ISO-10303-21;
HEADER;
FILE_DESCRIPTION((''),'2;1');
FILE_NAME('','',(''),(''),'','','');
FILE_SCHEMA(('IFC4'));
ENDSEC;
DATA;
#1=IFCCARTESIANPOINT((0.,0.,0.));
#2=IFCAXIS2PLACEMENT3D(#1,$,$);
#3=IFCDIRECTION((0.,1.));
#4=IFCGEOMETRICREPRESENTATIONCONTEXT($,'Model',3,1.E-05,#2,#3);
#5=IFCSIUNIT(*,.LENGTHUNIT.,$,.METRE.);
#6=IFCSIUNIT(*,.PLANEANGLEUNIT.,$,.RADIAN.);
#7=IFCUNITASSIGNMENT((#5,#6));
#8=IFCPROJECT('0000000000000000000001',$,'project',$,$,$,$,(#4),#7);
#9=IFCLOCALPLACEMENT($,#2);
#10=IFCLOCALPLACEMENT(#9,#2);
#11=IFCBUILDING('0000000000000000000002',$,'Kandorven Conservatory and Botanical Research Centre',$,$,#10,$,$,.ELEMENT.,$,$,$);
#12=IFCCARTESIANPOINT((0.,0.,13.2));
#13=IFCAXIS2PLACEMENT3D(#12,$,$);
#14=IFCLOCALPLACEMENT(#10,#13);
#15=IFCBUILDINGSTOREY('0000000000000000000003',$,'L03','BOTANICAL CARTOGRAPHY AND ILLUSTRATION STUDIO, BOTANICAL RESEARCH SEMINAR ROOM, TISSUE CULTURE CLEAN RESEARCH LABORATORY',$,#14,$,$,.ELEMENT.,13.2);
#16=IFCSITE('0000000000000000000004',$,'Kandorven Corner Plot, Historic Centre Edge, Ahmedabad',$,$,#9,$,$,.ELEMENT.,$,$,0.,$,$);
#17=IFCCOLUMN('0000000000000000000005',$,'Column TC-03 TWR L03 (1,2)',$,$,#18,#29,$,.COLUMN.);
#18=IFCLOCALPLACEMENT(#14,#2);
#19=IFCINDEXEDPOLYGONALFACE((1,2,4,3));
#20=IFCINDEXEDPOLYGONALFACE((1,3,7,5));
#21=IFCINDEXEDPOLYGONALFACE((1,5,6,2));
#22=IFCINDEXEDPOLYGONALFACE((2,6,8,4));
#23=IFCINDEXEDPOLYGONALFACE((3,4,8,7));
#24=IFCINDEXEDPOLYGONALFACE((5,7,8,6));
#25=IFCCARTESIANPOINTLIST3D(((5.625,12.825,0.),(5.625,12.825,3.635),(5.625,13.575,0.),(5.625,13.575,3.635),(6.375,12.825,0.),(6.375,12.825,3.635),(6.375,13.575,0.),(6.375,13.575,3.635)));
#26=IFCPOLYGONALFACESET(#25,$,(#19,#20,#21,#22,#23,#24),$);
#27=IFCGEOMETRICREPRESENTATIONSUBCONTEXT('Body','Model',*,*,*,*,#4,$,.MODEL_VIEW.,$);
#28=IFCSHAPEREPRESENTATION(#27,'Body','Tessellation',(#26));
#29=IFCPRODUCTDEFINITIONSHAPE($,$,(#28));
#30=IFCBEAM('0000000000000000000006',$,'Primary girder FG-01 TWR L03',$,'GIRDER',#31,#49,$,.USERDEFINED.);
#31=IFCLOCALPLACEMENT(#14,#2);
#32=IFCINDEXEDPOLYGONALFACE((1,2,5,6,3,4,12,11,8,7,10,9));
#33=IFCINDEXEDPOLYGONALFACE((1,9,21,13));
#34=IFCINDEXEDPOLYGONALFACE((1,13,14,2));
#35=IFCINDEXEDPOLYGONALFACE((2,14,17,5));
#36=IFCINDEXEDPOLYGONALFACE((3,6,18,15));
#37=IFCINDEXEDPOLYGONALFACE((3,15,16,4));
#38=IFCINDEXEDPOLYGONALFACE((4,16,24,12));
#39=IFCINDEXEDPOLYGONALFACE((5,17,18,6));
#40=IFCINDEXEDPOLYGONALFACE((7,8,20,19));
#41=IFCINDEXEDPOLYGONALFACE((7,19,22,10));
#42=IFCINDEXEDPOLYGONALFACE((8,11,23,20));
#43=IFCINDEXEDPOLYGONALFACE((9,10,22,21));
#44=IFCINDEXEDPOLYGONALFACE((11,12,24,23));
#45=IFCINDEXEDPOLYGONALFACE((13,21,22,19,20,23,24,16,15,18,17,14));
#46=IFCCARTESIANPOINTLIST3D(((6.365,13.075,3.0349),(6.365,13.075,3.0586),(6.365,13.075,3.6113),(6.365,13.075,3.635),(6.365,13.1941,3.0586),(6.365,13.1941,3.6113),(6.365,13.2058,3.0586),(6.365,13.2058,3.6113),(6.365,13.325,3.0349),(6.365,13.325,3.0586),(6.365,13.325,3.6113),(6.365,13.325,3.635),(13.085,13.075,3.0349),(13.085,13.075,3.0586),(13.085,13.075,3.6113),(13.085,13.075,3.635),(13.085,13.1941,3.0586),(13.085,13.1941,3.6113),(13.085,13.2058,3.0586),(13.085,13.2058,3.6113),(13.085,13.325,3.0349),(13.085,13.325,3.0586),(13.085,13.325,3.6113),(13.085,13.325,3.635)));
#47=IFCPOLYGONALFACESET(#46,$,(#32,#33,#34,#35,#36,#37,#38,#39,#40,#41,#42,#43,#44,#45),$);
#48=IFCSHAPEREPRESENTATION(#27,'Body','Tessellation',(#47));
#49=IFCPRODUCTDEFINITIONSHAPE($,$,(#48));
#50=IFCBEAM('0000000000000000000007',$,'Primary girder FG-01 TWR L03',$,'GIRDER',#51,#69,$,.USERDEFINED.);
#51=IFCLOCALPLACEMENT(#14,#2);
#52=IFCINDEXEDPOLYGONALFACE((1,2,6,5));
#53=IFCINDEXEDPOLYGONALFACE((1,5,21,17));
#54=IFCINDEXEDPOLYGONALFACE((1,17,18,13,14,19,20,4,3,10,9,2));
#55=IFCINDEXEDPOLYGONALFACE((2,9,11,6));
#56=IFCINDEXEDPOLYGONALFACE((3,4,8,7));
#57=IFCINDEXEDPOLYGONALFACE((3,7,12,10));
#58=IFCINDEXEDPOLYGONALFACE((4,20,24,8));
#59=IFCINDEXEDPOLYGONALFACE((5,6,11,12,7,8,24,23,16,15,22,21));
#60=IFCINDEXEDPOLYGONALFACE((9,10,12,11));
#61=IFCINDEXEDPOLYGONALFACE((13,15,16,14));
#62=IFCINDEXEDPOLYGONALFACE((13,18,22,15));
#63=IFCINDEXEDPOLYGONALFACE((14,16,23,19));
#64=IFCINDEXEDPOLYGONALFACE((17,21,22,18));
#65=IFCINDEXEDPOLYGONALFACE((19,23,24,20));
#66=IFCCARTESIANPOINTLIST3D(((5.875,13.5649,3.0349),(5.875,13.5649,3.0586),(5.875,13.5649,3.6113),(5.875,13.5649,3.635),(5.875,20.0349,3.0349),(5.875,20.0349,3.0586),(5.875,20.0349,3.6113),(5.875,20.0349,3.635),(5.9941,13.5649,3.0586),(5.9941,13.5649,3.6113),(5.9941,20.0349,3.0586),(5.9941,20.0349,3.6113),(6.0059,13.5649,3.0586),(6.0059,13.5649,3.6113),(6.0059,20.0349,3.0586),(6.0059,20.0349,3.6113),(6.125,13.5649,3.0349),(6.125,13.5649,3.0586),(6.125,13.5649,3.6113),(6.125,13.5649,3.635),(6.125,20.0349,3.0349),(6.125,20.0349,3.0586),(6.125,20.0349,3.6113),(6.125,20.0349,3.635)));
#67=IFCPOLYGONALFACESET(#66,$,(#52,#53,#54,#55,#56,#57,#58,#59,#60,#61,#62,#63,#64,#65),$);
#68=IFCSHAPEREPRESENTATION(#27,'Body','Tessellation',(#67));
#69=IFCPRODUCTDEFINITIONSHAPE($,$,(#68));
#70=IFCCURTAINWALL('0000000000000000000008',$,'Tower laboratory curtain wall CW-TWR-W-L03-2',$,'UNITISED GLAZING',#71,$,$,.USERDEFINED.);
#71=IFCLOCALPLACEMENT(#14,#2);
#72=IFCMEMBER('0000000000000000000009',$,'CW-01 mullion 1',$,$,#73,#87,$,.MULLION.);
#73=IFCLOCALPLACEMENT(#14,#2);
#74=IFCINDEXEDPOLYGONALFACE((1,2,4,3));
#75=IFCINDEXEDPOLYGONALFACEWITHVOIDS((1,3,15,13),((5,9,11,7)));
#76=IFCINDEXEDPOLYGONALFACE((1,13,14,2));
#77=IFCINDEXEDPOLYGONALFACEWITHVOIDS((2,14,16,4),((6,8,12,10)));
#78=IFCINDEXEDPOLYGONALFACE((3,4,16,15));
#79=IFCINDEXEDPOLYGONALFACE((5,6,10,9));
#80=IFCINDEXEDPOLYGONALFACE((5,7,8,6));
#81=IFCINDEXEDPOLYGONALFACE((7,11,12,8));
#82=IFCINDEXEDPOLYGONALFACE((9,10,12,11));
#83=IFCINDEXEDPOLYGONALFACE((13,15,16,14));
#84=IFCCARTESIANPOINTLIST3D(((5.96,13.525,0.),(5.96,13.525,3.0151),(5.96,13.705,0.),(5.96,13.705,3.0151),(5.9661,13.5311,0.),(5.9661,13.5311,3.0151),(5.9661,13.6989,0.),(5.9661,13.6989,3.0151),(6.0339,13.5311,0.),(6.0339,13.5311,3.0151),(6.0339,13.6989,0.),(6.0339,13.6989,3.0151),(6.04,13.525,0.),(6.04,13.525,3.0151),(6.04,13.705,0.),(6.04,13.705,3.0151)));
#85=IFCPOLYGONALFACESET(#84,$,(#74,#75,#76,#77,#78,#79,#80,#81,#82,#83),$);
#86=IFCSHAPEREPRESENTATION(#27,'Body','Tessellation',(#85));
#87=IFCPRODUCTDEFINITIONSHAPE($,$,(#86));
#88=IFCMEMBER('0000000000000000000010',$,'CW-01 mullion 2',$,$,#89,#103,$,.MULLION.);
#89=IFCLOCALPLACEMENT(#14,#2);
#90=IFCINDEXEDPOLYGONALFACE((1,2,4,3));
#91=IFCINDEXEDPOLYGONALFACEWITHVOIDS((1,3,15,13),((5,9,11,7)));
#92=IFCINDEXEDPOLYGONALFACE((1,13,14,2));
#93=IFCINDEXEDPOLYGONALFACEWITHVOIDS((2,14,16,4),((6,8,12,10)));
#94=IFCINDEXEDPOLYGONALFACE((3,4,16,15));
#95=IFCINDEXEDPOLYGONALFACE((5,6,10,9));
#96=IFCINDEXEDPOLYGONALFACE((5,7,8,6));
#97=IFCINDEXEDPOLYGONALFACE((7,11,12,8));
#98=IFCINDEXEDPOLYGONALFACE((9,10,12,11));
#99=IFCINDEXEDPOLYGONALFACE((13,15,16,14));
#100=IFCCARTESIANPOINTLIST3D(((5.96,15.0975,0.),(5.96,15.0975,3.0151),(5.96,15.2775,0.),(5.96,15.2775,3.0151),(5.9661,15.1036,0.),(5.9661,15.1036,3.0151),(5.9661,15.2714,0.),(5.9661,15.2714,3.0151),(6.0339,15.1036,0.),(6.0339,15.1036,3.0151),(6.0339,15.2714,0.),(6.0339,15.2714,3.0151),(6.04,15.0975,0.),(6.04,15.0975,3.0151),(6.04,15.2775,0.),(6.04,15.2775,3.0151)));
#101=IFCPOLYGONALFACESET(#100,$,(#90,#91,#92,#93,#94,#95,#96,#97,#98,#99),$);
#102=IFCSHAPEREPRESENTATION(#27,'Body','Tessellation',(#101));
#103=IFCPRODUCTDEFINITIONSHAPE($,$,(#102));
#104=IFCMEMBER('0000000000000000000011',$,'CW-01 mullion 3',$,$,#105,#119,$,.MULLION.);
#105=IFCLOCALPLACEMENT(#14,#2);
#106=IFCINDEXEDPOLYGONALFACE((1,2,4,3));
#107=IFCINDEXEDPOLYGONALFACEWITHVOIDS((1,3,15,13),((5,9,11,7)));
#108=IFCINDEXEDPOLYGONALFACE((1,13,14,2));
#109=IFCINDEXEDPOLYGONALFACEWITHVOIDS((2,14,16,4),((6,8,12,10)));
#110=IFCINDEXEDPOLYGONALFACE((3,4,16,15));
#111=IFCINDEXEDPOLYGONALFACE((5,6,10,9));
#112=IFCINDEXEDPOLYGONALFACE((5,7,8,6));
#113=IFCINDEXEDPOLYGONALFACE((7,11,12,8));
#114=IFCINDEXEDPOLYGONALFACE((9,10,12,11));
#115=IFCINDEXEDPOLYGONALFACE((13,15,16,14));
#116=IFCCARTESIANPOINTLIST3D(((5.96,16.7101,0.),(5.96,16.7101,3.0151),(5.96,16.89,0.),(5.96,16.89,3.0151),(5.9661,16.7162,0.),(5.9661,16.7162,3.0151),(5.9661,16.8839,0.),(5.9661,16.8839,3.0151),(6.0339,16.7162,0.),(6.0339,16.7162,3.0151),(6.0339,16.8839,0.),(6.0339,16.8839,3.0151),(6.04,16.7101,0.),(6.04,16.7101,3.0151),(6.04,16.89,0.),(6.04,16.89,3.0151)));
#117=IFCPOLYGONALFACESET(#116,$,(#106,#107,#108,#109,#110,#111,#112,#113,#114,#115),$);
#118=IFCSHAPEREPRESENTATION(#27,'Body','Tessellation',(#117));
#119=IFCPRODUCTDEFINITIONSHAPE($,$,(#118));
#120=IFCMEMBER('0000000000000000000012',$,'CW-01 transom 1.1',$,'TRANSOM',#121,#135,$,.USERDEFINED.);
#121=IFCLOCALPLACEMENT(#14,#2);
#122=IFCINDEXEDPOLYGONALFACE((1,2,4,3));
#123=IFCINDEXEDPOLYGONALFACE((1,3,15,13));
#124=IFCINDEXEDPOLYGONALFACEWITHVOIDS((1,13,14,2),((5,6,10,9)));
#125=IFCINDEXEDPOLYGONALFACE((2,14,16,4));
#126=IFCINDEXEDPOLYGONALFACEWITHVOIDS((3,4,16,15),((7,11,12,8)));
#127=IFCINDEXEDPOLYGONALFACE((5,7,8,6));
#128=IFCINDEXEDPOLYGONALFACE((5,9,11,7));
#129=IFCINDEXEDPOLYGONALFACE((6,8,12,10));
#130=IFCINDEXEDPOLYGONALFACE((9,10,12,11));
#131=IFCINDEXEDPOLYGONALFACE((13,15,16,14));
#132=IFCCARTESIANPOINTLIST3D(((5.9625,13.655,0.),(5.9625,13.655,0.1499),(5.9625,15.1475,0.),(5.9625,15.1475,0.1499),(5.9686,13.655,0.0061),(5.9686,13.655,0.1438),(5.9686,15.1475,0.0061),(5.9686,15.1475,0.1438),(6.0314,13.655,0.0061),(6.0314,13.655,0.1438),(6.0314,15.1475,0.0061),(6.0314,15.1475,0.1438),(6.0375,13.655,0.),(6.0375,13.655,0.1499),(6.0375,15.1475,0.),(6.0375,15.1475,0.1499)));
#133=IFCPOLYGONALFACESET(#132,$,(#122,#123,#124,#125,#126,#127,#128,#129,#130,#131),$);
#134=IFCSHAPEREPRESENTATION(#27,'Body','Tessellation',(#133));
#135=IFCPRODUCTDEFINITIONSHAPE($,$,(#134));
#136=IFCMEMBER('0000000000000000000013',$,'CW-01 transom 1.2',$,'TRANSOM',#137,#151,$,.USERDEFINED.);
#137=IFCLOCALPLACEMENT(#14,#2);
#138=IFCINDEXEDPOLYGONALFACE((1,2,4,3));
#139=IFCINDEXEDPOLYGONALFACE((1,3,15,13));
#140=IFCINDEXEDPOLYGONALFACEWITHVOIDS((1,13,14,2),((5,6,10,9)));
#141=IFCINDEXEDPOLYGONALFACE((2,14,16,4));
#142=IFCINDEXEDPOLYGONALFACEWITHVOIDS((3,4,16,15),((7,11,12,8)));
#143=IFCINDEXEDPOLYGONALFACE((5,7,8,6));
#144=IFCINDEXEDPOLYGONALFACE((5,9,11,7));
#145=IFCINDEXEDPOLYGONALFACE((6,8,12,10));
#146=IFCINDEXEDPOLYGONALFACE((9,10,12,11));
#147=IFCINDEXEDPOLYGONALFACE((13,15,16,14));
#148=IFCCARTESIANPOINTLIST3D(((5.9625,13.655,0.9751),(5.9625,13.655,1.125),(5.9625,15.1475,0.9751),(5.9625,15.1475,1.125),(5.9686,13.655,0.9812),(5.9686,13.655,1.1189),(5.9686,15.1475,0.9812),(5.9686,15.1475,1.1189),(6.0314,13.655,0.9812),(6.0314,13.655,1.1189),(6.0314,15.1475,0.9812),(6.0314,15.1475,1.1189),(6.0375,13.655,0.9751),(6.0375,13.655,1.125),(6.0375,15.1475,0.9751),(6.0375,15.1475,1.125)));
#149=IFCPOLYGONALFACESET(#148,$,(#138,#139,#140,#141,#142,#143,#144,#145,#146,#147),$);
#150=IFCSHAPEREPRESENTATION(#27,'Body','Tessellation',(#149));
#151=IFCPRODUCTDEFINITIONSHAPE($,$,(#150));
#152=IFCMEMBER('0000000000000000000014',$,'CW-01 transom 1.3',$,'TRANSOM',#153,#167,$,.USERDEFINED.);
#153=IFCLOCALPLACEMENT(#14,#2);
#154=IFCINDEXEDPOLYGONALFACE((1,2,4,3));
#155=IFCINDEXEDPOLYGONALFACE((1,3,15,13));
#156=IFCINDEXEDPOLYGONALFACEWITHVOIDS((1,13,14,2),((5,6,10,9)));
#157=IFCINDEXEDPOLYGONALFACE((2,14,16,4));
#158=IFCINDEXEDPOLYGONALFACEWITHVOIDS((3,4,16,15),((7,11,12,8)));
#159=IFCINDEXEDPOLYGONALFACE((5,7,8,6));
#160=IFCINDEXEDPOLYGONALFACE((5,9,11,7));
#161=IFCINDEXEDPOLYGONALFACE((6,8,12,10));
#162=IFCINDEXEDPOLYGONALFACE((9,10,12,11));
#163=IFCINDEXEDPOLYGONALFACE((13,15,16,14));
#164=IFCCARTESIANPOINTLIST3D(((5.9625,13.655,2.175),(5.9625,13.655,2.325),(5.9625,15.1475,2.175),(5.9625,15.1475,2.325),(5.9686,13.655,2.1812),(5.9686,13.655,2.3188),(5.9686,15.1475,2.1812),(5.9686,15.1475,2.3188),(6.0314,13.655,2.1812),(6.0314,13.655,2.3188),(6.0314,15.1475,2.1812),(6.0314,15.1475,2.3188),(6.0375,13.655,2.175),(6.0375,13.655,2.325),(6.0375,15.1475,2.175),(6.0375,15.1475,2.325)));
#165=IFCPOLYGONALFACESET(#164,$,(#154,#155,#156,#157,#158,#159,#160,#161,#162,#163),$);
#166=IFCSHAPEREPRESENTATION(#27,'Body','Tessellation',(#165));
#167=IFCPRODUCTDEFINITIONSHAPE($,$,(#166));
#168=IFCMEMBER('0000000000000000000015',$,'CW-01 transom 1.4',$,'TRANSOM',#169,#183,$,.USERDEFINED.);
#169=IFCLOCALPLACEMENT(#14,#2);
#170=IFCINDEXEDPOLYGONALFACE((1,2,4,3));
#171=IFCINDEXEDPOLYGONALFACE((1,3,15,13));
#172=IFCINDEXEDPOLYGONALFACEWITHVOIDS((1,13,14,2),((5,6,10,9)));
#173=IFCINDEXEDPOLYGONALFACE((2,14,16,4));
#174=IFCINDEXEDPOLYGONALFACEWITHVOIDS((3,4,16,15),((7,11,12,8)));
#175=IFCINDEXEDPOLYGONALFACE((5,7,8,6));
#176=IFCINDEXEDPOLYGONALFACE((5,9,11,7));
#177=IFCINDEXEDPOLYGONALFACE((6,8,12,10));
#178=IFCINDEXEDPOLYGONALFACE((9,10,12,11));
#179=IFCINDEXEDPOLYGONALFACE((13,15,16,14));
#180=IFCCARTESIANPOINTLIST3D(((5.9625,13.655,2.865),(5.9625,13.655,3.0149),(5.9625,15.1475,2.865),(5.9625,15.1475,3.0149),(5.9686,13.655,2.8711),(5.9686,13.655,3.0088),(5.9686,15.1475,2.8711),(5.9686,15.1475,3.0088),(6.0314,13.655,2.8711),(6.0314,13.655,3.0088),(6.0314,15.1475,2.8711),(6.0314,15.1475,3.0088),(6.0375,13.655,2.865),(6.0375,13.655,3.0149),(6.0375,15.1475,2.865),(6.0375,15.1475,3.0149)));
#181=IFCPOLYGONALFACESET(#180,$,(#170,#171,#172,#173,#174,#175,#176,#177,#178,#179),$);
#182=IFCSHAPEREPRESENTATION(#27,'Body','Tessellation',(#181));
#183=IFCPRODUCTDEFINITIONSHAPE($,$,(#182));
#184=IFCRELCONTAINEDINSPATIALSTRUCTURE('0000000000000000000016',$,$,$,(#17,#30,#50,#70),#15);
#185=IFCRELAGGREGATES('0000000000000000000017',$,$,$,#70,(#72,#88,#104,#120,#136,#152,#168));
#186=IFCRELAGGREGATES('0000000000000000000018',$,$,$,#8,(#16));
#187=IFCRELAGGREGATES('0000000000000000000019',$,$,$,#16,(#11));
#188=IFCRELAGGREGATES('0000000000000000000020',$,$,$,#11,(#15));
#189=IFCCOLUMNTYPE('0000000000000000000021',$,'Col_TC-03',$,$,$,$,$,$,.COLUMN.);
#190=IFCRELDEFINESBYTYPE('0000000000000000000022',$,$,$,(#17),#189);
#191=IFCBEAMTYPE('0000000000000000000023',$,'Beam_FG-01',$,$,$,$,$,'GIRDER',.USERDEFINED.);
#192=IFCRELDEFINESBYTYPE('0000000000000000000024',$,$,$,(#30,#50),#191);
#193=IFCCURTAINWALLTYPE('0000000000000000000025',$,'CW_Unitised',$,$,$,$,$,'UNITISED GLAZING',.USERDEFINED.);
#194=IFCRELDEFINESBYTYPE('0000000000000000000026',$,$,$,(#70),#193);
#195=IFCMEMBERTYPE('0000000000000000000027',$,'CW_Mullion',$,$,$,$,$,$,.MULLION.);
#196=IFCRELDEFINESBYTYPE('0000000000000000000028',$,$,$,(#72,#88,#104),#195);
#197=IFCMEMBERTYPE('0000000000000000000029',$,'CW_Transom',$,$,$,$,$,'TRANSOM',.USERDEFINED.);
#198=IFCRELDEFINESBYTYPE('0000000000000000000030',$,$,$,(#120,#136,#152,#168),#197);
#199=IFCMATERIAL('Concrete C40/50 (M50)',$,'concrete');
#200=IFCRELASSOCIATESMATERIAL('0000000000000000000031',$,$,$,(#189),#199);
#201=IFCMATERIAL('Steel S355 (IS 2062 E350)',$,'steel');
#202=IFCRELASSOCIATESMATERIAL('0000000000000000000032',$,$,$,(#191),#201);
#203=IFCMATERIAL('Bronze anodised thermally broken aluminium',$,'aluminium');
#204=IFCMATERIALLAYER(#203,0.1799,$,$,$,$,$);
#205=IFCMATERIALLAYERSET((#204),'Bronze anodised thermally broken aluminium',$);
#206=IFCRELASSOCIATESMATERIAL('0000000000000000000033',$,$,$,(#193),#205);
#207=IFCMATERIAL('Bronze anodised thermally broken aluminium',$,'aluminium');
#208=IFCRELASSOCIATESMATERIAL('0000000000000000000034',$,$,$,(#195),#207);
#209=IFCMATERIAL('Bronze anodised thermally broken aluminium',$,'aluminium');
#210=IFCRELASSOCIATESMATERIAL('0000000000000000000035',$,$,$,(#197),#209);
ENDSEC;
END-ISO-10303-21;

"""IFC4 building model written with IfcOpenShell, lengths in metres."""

from ifc_helpers import new_model, si_unit, direction, frame, origin, origin_2d, place, context, subcontext, project, spatial, rectangle, hollow_rectangle, i_section, extrude, material, layer, layer_set, material_profile, profile_set, type_object, element, aggregate, save


model = new_model("IFC4")

# Units and contexts
model_context = context("Model", 3, precision=1e-05, world=origin(), true_north=direction((0.0, 1.0)))
body_context = subcontext(model_context, "Body", "Model", "MODEL_VIEW")
ifc_project = project(units=[si_unit("LENGTHUNIT", "METRE"), si_unit("PLANEANGLEUNIT", "RADIAN")], contexts=[model_context])

# Site, building, storey
site_placement = place(None, origin())
site = spatial("IfcSite", under=ifc_project, at=site_placement, Name="Kandorven Corner Plot, Historic Centre Edge, Ahmedabad", CompositionType="ELEMENT", RefElevation=0.0)
building_placement = place(site_placement, origin())
building = spatial("IfcBuilding", under=site, at=building_placement, Name="Kandorven Conservatory and Botanical Research Centre", CompositionType="ELEMENT")
storey_placement = place(building_placement, frame((0.0, 0.0, 13.2)))
storey = spatial("IfcBuildingStorey", under=building, at=storey_placement, Name="L03", Description="BOTANICAL CARTOGRAPHY AND ILLUSTRATION STUDIO, BOTANICAL RESEARCH SEMINAR ROOM, TISSUE CULTURE CLEAN RESEARCH LABORATORY", CompositionType="ELEMENT", Elevation=13.2)

# Column
ifc_material_1 = material(Name="Concrete C40/50 (M50)", Category="concrete")
ifc_material_profile_1 = material_profile(ifc_material_1, rectangle(XDim=0.75, YDim=0.75, at=origin_2d()))
ifc_profile_set_1 = profile_set([ifc_material_profile_1], Name="Concrete C40/50 (M50)")
column_type = type_object("IfcColumnType", Name="Col_TC-03", PredefinedType="COLUMN", material=ifc_profile_set_1)
column_placement = place(storey_placement, frame((6.0, 13.2, 0.0), z_axis=(0.0, 0.0, 1.0), x_axis=(1.0, 0.0, 0.0)))
element("IfcColumn", 1, at=column_placement, inside=storey, type_object=column_type, Name="Column TC-03 TWR L03 (1,2)", PredefinedType="COLUMN", context=body_context, shape_type="SweptSolid", body=[
    extrude(rectangle(XDim=0.75, YDim=0.75, at=origin_2d()), origin(), (0.0, 0.0, 1.0), 3.635),
])

# Beams
ifc_material_2 = material(Name="Steel S355 (IS 2062 E350)", Category="steel")
ifc_material_profile_2 = material_profile(ifc_material_2, i_section(OverallWidth=0.25, OverallDepth=0.6001, WebThickness=0.0117, FlangeThickness=0.0237, at=origin_2d()))
ifc_profile_set_2 = profile_set([ifc_material_profile_2], Name="Steel S355 (IS 2062 E350)")
beam_type = type_object("IfcBeamType", Name="Beam_FG-01", ElementType="GIRDER", PredefinedType="USERDEFINED", material=ifc_profile_set_2)
beam_1_placement = place(storey_placement, frame((6.365, 13.2, 3.335), z_axis=(1.0, 0.0, 0.0), x_axis=(0.0, 1.0, 0.0)))
element("IfcBeam", 2, at=beam_1_placement, inside=storey, type_object=beam_type, Name="Primary girder FG-01 TWR L03", ObjectType="GIRDER", PredefinedType="USERDEFINED", context=body_context, shape_type="SweptSolid", body=[
    extrude(i_section(OverallWidth=0.25, OverallDepth=0.6001, WebThickness=0.0117, FlangeThickness=0.0237, at=origin_2d()), origin(), (0.0, 0.0, 1.0), 6.72),
])
beam_2_placement = place(storey_placement, frame((6.0, 13.5649, 3.335), z_axis=(0.0, 1.0, 0.0), x_axis=(-1.0, 0.0, 0.0)))
element("IfcBeam", 3, at=beam_2_placement, inside=storey, type_object=beam_type, Name="Primary girder FG-01 TWR L03", ObjectType="GIRDER", PredefinedType="USERDEFINED", context=body_context, shape_type="SweptSolid", body=[
    extrude(i_section(OverallWidth=0.25, OverallDepth=0.6001, WebThickness=0.0117, FlangeThickness=0.0237, at=origin_2d()), origin(), (0.0, 0.0, 1.0), 6.47),
])

# Curtain wall, members
ifc_material_3 = material(Name="Bronze anodised thermally broken aluminium", Category="aluminium")
ifc_layer_1 = layer(ifc_material_3, 0.1799)
ifc_layer_set_1 = layer_set([ifc_layer_1], Name="Bronze anodised thermally broken aluminium")
curtain_wall_type = type_object("IfcCurtainWallType", Name="CW_Unitised", ElementType="UNITISED GLAZING", PredefinedType="USERDEFINED", material=ifc_layer_set_1)
curtain_wall_placement = place(storey_placement, origin())
curtain_wall = element("IfcCurtainWall", 4, at=curtain_wall_placement, inside=storey, type_object=curtain_wall_type, Name="Tower laboratory curtain wall CW-TWR-W-L03-2", ObjectType="UNITISED GLAZING", PredefinedType="USERDEFINED")
ifc_material_4 = material(Name="Bronze anodised thermally broken aluminium", Category="aluminium")
ifc_material_profile_3 = material_profile(ifc_material_4, hollow_rectangle(XDim=0.0801, YDim=0.1799, WallThickness=0.0061, at=origin_2d()))
ifc_profile_set_3 = profile_set([ifc_material_profile_3], Name="Bronze anodised thermally broken aluminium")
member_type_1 = type_object("IfcMemberType", Name="CW_Mullion", PredefinedType="MULLION", material=ifc_profile_set_3)
member_1_placement = place(storey_placement, frame((6.0, 13.615, 0.0), z_axis=(0.0, 0.0, 1.0), x_axis=(-1.0, 0.0, 0.0)))
member_1 = element("IfcMember", 5, at=member_1_placement, type_object=member_type_1, Name="CW-01 mullion 1", PredefinedType="MULLION", context=body_context, shape_type="SweptSolid", body=[
    extrude(hollow_rectangle(XDim=0.0801, YDim=0.1799, WallThickness=0.0061, at=origin_2d()), origin(), (0.0, 0.0, 1.0), 3.0151),
])
member_2_placement = place(storey_placement, frame((6.0, 15.1875, 0.0), z_axis=(0.0, 0.0, 1.0), x_axis=(-1.0, 0.0, 0.0)))
member_2 = element("IfcMember", 6, at=member_2_placement, type_object=member_type_1, Name="CW-01 mullion 2", PredefinedType="MULLION", context=body_context, shape_type="SweptSolid", body=[
    extrude(hollow_rectangle(XDim=0.0801, YDim=0.1799, WallThickness=0.0061, at=origin_2d()), origin(), (0.0, 0.0, 1.0), 3.0151),
])
member_3_placement = place(storey_placement, frame((6.0, 16.8, 0.0), z_axis=(0.0, 0.0, 1.0), x_axis=(-1.0, 0.0, 0.0)))
member_3 = element("IfcMember", 7, at=member_3_placement, type_object=member_type_1, Name="CW-01 mullion 3", PredefinedType="MULLION", context=body_context, shape_type="SweptSolid", body=[
    extrude(hollow_rectangle(XDim=0.0801, YDim=0.1799, WallThickness=0.0061, at=origin_2d()), origin(), (0.0, 0.0, 1.0), 3.0151),
])
ifc_material_5 = material(Name="Bronze anodised thermally broken aluminium", Category="aluminium")
ifc_material_profile_4 = material_profile(ifc_material_5, hollow_rectangle(XDim=0.075, YDim=0.1499, WallThickness=0.0061, at=origin_2d()))
ifc_profile_set_4 = profile_set([ifc_material_profile_4], Name="Bronze anodised thermally broken aluminium")
member_type_2 = type_object("IfcMemberType", Name="CW_Transom", ElementType="TRANSOM", PredefinedType="USERDEFINED", material=ifc_profile_set_4)
member_4_placement = place(storey_placement, frame((6.0, 13.655, 0.075), z_axis=(0.0, 1.0, 0.0), x_axis=(-1.0, 0.0, 0.0)))
member_4 = element("IfcMember", 8, at=member_4_placement, type_object=member_type_2, Name="CW-01 transom 1.1", ObjectType="TRANSOM", PredefinedType="USERDEFINED", context=body_context, shape_type="SweptSolid", body=[
    extrude(hollow_rectangle(XDim=0.075, YDim=0.1499, WallThickness=0.0061, at=origin_2d()), origin(), (0.0, 0.0, 1.0), 1.4924),
])
member_5_placement = place(storey_placement, frame((6.0, 13.655, 1.05), z_axis=(0.0, 1.0, 0.0), x_axis=(-1.0, 0.0, 0.0)))
member_5 = element("IfcMember", 9, at=member_5_placement, type_object=member_type_2, Name="CW-01 transom 1.2", ObjectType="TRANSOM", PredefinedType="USERDEFINED", context=body_context, shape_type="SweptSolid", body=[
    extrude(hollow_rectangle(XDim=0.075, YDim=0.1499, WallThickness=0.0061, at=origin_2d()), origin(), (0.0, 0.0, 1.0), 1.4924),
])
member_6_placement = place(storey_placement, frame((6.0, 13.655, 2.25), z_axis=(0.0, 1.0, 0.0), x_axis=(-1.0, 0.0, 0.0)))
member_6 = element("IfcMember", 10, at=member_6_placement, type_object=member_type_2, Name="CW-01 transom 1.3", ObjectType="TRANSOM", PredefinedType="USERDEFINED", context=body_context, shape_type="SweptSolid", body=[
    extrude(hollow_rectangle(XDim=0.075, YDim=0.1499, WallThickness=0.0061, at=origin_2d()), origin(), (0.0, 0.0, 1.0), 1.4924),
])
member_7_placement = place(storey_placement, frame((6.0, 13.655, 2.9399), z_axis=(0.0, 1.0, 0.0), x_axis=(-1.0, 0.0, 0.0)))
member_7 = element("IfcMember", 11, at=member_7_placement, type_object=member_type_2, Name="CW-01 transom 1.4", ObjectType="TRANSOM", PredefinedType="USERDEFINED", context=body_context, shape_type="SweptSolid", body=[
    extrude(hollow_rectangle(XDim=0.075, YDim=0.1499, WallThickness=0.0061, at=origin_2d()), origin(), (0.0, 0.0, 1.0), 1.4924),
])

aggregate(curtain_wall, [member_1, member_2, member_3, member_4, member_5, member_6, member_7])

save(model, "model.ifc")
